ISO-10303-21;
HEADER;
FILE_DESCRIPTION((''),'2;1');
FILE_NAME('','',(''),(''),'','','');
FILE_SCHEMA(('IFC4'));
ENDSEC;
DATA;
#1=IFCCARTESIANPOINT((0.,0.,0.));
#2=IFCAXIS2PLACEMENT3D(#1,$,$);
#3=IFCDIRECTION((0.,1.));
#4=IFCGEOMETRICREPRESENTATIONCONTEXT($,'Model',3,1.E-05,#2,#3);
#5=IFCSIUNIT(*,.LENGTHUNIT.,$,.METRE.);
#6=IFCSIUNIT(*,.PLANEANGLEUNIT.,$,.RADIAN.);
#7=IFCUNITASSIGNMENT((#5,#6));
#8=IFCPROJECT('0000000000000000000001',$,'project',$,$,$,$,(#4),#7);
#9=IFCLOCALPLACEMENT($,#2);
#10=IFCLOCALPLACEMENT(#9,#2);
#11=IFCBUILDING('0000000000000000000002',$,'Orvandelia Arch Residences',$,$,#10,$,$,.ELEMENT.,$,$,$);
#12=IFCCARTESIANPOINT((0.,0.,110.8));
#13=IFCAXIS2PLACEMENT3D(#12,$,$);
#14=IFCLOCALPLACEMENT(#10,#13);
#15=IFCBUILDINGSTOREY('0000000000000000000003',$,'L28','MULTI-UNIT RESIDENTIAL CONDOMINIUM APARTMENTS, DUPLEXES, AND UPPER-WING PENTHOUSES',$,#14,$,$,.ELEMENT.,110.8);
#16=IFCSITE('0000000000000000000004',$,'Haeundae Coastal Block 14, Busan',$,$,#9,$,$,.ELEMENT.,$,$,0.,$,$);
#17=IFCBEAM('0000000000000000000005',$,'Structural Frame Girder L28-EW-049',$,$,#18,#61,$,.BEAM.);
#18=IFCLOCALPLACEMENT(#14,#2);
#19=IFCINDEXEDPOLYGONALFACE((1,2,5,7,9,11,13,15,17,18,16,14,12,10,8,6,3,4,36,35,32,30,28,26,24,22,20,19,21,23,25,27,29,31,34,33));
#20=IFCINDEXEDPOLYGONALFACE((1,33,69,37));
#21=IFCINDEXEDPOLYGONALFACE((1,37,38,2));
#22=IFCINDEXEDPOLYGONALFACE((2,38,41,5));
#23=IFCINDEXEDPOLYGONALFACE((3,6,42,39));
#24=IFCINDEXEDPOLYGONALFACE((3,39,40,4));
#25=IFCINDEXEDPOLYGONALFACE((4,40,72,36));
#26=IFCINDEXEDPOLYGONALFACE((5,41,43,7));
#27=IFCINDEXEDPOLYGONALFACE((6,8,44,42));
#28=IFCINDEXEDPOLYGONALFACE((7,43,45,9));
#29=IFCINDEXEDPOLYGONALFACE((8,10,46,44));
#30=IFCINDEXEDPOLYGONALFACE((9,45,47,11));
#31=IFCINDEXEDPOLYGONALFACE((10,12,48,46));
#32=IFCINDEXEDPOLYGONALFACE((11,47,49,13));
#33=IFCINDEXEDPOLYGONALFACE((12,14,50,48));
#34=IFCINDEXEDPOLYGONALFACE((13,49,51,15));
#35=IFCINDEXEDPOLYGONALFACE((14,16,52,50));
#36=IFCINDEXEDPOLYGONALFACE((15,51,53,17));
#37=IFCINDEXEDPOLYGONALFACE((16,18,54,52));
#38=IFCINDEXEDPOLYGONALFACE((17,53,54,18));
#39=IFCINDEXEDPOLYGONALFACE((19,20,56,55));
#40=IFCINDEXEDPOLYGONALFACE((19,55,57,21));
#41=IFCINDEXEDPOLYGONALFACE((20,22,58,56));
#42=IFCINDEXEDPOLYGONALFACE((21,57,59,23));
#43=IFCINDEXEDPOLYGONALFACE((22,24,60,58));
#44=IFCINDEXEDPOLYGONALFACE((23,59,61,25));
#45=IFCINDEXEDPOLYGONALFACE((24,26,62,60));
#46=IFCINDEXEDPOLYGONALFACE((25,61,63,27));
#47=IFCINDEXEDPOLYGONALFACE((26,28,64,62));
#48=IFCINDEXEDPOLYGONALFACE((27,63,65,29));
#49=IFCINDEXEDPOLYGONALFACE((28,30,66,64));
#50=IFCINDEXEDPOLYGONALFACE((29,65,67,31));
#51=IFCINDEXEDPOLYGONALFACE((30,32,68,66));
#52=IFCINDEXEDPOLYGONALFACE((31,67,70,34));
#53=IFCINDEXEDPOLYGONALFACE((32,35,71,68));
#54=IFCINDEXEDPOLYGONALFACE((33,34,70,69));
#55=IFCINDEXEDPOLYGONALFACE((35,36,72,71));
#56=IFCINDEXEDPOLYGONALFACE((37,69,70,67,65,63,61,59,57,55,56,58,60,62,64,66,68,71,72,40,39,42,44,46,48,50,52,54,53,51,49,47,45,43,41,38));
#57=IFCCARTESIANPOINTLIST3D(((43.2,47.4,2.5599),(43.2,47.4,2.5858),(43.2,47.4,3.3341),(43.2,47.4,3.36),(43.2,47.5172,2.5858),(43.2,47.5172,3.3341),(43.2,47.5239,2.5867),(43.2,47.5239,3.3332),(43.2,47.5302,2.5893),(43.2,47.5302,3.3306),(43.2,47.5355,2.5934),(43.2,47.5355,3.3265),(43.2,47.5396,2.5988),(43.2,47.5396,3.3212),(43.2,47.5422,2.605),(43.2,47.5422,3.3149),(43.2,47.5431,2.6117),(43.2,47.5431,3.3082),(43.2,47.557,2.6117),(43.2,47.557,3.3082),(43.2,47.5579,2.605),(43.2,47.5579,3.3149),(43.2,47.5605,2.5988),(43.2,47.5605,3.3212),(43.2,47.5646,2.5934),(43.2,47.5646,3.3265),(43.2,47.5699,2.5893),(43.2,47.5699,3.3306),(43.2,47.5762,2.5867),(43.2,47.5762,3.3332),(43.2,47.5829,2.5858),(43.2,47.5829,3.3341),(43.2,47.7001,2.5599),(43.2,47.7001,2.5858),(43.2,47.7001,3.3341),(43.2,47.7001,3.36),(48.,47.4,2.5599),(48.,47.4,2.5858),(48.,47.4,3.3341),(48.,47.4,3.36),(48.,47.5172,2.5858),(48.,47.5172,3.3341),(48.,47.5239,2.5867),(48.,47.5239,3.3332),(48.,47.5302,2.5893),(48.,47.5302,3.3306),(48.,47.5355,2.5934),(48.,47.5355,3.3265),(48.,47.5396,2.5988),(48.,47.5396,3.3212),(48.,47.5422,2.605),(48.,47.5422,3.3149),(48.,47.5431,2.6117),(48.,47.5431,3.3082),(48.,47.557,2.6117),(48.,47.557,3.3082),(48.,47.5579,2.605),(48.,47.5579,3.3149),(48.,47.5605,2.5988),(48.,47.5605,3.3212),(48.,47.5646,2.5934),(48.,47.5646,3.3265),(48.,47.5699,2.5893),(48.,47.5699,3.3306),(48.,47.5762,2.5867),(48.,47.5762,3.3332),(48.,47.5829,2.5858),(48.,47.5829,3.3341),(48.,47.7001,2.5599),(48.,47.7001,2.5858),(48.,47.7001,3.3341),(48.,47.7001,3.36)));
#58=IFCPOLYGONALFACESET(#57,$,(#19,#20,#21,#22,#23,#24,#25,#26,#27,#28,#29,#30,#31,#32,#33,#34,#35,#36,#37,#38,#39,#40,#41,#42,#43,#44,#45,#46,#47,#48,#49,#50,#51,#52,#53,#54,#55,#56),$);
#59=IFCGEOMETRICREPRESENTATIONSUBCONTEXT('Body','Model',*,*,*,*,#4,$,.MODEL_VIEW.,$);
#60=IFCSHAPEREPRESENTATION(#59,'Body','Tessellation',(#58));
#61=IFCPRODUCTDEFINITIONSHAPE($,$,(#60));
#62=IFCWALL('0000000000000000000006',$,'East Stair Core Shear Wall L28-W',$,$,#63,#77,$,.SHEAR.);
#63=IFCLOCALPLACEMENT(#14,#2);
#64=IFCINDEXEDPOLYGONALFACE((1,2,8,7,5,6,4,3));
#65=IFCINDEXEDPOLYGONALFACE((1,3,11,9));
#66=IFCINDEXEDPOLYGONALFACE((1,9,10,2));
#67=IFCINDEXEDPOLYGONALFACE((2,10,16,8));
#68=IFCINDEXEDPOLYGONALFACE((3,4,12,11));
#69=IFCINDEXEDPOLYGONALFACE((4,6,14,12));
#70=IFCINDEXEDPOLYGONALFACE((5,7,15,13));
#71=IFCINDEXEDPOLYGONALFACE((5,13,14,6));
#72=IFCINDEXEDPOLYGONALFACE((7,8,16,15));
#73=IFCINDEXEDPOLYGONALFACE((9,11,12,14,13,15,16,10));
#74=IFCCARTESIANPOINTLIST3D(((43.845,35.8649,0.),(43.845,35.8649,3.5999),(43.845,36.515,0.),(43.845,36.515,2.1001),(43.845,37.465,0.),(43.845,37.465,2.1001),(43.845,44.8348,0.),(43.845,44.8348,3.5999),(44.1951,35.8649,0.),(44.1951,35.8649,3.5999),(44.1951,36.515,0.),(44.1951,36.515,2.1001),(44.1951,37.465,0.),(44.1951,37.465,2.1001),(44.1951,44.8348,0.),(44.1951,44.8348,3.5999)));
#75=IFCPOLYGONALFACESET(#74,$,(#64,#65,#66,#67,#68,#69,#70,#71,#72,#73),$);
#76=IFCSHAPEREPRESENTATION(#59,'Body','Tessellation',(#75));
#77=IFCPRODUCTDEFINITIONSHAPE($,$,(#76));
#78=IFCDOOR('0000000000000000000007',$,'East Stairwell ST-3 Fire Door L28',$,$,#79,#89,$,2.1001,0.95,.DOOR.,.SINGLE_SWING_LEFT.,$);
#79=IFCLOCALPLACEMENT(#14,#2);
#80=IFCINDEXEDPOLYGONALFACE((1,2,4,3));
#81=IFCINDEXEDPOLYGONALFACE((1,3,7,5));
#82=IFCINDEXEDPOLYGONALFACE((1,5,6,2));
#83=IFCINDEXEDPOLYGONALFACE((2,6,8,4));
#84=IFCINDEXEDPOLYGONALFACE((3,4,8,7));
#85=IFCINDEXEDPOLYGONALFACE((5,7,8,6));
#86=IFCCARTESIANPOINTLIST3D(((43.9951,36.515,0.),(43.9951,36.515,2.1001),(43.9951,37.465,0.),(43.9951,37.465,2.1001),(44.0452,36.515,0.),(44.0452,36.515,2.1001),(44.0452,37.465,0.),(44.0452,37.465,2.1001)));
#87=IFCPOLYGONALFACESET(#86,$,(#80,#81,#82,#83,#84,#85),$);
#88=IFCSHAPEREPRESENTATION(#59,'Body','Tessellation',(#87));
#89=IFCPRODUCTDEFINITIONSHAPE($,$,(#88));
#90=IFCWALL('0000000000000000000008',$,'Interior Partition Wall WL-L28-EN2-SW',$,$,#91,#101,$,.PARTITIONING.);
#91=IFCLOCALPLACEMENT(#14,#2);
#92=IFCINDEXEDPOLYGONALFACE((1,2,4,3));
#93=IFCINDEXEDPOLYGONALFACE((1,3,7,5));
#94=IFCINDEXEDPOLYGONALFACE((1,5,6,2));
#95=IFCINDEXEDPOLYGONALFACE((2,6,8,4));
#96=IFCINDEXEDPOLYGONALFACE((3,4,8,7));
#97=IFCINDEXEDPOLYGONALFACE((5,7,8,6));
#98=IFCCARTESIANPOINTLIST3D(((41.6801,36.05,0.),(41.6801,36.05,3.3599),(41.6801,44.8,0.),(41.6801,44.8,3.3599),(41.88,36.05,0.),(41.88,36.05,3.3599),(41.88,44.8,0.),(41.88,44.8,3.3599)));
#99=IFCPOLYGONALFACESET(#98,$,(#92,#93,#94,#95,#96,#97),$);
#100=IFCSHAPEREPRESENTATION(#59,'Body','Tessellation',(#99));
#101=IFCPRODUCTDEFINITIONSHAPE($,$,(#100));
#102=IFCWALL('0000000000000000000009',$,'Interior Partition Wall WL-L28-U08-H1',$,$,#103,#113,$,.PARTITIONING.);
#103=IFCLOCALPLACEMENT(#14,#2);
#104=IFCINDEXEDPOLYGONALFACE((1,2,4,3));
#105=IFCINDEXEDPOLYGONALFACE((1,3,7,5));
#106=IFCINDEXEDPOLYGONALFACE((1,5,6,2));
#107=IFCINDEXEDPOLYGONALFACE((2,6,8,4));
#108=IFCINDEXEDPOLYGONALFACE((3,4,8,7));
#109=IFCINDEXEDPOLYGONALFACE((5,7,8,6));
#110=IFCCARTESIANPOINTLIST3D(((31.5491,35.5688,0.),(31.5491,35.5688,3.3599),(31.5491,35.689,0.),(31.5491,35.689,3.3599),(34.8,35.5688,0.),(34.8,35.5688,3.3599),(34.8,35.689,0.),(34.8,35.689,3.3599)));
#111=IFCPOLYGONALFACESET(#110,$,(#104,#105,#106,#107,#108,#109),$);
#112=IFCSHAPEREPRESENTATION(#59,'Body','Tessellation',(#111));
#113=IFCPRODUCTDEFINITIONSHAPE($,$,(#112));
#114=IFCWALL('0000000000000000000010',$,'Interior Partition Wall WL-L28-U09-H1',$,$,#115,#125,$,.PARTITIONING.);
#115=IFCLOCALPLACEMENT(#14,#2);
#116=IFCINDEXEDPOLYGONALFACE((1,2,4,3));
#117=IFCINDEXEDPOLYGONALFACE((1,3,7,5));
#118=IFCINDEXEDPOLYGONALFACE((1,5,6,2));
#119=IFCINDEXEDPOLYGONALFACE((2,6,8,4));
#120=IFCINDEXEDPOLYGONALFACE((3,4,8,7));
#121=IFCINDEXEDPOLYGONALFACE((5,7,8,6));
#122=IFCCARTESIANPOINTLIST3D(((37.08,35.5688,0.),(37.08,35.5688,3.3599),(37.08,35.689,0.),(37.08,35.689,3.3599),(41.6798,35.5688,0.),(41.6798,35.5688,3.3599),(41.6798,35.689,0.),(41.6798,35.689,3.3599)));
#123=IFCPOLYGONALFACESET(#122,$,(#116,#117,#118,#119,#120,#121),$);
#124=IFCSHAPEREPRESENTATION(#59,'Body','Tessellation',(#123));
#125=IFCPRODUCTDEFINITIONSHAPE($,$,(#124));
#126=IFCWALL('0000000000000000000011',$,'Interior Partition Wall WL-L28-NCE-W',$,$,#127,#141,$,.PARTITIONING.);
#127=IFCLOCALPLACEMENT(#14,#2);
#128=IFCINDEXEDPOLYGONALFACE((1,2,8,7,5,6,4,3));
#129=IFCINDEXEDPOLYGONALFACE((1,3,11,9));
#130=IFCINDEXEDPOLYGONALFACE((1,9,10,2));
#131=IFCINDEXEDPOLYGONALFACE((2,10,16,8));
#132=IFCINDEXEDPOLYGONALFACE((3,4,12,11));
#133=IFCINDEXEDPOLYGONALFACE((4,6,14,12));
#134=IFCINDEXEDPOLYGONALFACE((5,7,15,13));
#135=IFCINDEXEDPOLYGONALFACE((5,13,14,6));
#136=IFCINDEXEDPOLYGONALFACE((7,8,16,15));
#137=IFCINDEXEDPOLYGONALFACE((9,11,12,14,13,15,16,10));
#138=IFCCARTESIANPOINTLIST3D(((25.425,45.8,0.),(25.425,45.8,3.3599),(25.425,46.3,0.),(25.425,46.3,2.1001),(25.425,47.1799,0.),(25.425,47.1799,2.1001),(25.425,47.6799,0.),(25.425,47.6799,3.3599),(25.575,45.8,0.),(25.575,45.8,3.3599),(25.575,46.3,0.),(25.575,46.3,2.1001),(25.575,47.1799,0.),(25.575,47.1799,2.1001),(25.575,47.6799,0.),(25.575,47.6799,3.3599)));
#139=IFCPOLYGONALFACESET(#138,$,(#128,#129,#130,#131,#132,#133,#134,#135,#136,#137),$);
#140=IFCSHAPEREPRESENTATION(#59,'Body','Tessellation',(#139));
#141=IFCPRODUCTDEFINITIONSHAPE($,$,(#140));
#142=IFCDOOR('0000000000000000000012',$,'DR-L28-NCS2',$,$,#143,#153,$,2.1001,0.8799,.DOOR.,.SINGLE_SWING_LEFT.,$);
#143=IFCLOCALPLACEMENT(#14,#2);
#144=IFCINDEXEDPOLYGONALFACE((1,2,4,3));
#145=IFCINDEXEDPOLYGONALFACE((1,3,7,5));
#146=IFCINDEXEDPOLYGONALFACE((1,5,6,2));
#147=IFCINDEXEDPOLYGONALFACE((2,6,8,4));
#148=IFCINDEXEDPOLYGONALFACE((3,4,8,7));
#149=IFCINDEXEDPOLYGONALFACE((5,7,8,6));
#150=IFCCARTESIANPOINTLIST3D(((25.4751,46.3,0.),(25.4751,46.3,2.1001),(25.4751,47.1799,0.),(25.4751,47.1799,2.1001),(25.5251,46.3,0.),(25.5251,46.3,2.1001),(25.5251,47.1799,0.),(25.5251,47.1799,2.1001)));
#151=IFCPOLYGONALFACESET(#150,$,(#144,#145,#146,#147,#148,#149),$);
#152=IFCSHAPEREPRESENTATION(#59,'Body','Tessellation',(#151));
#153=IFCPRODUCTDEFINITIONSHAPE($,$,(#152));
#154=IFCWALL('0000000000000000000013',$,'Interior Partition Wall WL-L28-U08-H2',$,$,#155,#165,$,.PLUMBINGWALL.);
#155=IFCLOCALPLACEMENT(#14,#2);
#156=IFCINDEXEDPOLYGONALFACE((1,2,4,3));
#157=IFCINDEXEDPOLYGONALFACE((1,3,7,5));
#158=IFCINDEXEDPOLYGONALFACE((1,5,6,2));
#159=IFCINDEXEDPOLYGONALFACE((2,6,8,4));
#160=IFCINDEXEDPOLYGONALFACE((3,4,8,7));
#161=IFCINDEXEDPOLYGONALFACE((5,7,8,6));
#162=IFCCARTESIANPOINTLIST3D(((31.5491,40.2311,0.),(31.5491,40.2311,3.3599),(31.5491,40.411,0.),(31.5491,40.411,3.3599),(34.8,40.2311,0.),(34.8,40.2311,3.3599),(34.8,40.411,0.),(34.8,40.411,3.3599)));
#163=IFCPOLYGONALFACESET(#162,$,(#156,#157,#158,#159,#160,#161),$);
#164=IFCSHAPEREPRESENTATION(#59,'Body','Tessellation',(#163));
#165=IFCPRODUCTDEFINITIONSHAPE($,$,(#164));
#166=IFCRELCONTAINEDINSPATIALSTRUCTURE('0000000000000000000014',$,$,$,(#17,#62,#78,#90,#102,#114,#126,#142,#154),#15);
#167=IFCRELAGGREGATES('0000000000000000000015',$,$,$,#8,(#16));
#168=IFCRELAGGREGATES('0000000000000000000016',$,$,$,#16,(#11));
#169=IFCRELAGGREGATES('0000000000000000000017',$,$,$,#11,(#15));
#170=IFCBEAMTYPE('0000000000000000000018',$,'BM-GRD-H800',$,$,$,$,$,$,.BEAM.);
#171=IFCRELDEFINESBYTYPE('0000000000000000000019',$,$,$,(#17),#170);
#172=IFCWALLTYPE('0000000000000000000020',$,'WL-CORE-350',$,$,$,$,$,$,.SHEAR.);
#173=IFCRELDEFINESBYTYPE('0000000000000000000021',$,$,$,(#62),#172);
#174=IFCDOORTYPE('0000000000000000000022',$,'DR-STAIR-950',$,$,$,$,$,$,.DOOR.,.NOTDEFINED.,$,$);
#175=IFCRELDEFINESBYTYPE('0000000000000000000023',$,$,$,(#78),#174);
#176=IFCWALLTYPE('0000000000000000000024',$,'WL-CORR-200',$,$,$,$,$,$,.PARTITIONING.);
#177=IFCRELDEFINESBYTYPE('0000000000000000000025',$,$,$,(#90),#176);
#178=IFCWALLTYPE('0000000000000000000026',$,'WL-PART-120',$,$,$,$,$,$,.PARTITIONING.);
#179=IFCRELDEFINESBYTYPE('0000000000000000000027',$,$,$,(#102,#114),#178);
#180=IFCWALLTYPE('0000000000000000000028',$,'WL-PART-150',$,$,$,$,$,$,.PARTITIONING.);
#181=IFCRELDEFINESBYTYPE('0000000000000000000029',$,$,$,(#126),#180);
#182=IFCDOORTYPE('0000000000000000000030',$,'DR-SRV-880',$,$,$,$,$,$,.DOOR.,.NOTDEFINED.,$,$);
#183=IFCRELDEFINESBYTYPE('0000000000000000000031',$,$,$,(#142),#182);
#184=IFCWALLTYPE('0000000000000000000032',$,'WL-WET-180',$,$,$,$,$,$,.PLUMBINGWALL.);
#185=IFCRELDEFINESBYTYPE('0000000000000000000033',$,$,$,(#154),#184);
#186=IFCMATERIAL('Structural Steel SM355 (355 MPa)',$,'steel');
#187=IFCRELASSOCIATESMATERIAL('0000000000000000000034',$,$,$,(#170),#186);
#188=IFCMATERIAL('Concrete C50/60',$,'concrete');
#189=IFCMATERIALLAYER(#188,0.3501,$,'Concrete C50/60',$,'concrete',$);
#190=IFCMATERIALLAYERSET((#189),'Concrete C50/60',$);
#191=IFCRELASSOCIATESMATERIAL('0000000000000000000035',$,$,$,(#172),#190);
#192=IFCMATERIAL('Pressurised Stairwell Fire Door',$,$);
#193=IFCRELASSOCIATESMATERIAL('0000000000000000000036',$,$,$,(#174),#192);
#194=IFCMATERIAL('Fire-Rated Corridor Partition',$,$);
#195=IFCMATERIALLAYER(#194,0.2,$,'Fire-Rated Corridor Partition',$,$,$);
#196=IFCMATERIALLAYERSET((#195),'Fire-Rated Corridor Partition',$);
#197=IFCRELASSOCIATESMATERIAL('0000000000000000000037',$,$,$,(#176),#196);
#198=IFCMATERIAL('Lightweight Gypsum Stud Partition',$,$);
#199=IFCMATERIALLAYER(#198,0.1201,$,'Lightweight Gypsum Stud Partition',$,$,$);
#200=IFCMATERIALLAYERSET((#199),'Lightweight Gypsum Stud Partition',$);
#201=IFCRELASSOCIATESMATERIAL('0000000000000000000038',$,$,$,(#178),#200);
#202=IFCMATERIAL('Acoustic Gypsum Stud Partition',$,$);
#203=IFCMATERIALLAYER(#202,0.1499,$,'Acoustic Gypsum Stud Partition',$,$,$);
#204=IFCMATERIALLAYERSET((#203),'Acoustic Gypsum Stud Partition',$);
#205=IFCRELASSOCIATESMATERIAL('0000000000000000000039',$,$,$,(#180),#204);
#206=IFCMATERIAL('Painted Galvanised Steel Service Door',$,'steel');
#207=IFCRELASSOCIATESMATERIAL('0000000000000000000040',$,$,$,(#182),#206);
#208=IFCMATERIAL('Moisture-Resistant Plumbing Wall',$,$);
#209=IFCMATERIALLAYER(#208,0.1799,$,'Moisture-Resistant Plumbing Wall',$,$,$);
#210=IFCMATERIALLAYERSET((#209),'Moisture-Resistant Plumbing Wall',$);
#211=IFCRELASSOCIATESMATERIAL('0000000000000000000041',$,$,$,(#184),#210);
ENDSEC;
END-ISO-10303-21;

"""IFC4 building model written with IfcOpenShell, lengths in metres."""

from ifc_helpers import new_model, si_unit, direction, frame, frame_2d, origin, origin_2d, place, context, subcontext, project, spatial, rectangle, i_section, extrude, material, layer, layer_set, material_profile, profile_set, type_object, element, fill, save


model = new_model("IFC4")

# Units and contexts
model_context = context("Model", 3, precision=1e-05, world=origin(), true_north=direction((0.0, 1.0)))
body_context = subcontext(model_context, "Body", "Model", "MODEL_VIEW")
ifc_project = project(units=[si_unit("LENGTHUNIT", "METRE"), si_unit("PLANEANGLEUNIT", "RADIAN")], contexts=[model_context])

# Site, building, storey
site_placement = place(None, origin())
site = spatial("IfcSite", under=ifc_project, at=site_placement, Name="Haeundae Coastal Block 14, Busan", CompositionType="ELEMENT", RefElevation=0.0)
building_placement = place(site_placement, origin())
building = spatial("IfcBuilding", under=site, at=building_placement, Name="Orvandelia Arch Residences", CompositionType="ELEMENT")
storey_placement = place(building_placement, frame((0.0, 0.0, 110.8)))
storey = spatial("IfcBuildingStorey", under=building, at=storey_placement, Name="L28", Description="MULTI-UNIT RESIDENTIAL CONDOMINIUM APARTMENTS, DUPLEXES, AND UPPER-WING PENTHOUSES", CompositionType="ELEMENT", Elevation=110.8)

# Beam
ifc_material_1 = material(Name="Structural Steel SM355 (355 MPa)", Category="steel")
ifc_material_profile_1 = material_profile(ifc_material_1, i_section(OverallWidth=0.3, OverallDepth=0.8, WebThickness=0.0139, FlangeThickness=0.0259, FilletRadius=0.0259, at=origin_2d()), Name="Structural Steel SM355 (355 MPa)", Category="steel")
ifc_profile_set_1 = profile_set([ifc_material_profile_1], Name="Structural Steel SM355 (355 MPa)")
beam_type = type_object("IfcBeamType", Name="BM-GRD-H800", PredefinedType="BEAM", material=ifc_profile_set_1)
for number, where, z_axis, x_axis, name in (
    (1, (43.2, 47.55, 2.96), (1.0, 0.0, 0.0), (0.0, 1.0, 0.0), "Structural Frame Girder L28-EW-049"),
):
    element("IfcBeam", number, at=place(storey_placement, frame(where, z_axis=z_axis, x_axis=x_axis)), inside=storey, type_object=beam_type, Name=name, PredefinedType="BEAM", context=body_context, shape_type="SweptSolid", body=[
        extrude(i_section(OverallWidth=0.3, OverallDepth=0.8, WebThickness=0.0139, FlangeThickness=0.0259, FilletRadius=0.0259, at=origin_2d()), origin(), (0.0, 0.0, 1.0), 4.8),
    ])

# Wall, opening, door
ifc_material_2 = material(Name="Concrete C50/60", Category="concrete")
ifc_layer_1 = layer(ifc_material_2, 0.3501, Name="Concrete C50/60", Category="concrete")
ifc_layer_set_1 = layer_set([ifc_layer_1], Name="Concrete C50/60")
wall_type_1 = type_object("IfcWallType", Name="WL-CORE-350", PredefinedType="SHEAR", material=ifc_layer_set_1)
wall_1_placement = place(storey_placement, frame((44.02, 35.865, 0.0), z_axis=(0.0, 0.0, 1.0), x_axis=(0.0, 1.0, 0.0)))
wall_1 = element("IfcWall", 2, at=wall_1_placement, inside=storey, type_object=wall_type_1, Name="East Stair Core Shear Wall L28-W", PredefinedType="SHEAR", context=body_context, shape_type="SweptSolid", body=[
    extrude(rectangle(XDim=8.97, YDim=0.3501, at=frame_2d((4.4849, 0.0))), origin(), (0.0, 0.0, 1.0), 3.5999),
])
opening_1_placement = place(wall_1_placement, frame((0.6499, 0.0, 0.0)))
opening_1 = element("IfcOpeningElement", 3, at=opening_1_placement, cuts=wall_1, PredefinedType="OPENING", context=body_context, shape_type="SweptSolid", body=[
    extrude(rectangle(XDim=0.95, YDim=2.1001, at=frame_2d((0.4751, 1.05))), frame((0.0, 0.1851, 0.0), z_axis=(0.0, -1.0, 0.0), x_axis=(1.0, 0.0, 0.0)), (0.0, 0.0, 1.0), 0.3701),
])
ifc_material_3 = material(Name="Pressurised Stairwell Fire Door")
door_type_1 = type_object("IfcDoorType", Name="DR-STAIR-950", OperationType="NOTDEFINED", PredefinedType="DOOR", material=ifc_material_3)
door_1_placement = place(opening_1_placement, origin())
door_1 = element("IfcDoor", 4, at=door_1_placement, inside=storey, type_object=door_type_1, Name="East Stairwell ST-3 Fire Door L28", OperationType="SINGLE_SWING_LEFT", OverallHeight=2.1001, OverallWidth=0.95, PredefinedType="DOOR", context=body_context, shape_type="SweptSolid", body=[
    extrude(rectangle(XDim=0.95, YDim=2.1001, at=frame_2d((0.4751, 1.05))), frame((0.0, 0.0249, 0.0), z_axis=(0.0, -1.0, 0.0), x_axis=(1.0, 0.0, 0.0)), (0.0, 0.0, 1.0), 0.05),
])
fill(opening_1, door_1)

# Wall
ifc_material_4 = material(Name="Fire-Rated Corridor Partition")
ifc_layer_2 = layer(ifc_material_4, 0.2, Name="Fire-Rated Corridor Partition")
ifc_layer_set_2 = layer_set([ifc_layer_2], Name="Fire-Rated Corridor Partition")
wall_type_2 = type_object("IfcWallType", Name="WL-CORR-200", PredefinedType="PARTITIONING", material=ifc_layer_set_2)
wall_2_placement = place(storey_placement, frame((41.78, 36.05, 0.0), z_axis=(0.0, 0.0, 1.0), x_axis=(0.0, 1.0, 0.0)))
element("IfcWall", 5, at=wall_2_placement, inside=storey, type_object=wall_type_2, Name="Interior Partition Wall WL-L28-EN2-SW", PredefinedType="PARTITIONING", context=body_context, shape_type="SweptSolid", body=[
    extrude(rectangle(XDim=8.75, YDim=0.2, at=frame_2d((4.375, 0.0))), origin(), (0.0, 0.0, 1.0), 3.3599),
])

# Walls
ifc_material_5 = material(Name="Lightweight Gypsum Stud Partition")
ifc_layer_3 = layer(ifc_material_5, 0.1201, Name="Lightweight Gypsum Stud Partition")
ifc_layer_set_3 = layer_set([ifc_layer_3], Name="Lightweight Gypsum Stud Partition")
wall_type_3 = type_object("IfcWallType", Name="WL-PART-120", PredefinedType="PARTITIONING", material=ifc_layer_set_3)
wall_3_placement = place(storey_placement, frame((31.5491, 35.6289, 0.0), z_axis=(0.0, 0.0, 1.0), x_axis=(1.0, 0.0, 0.0)))
element("IfcWall", 6, at=wall_3_placement, inside=storey, type_object=wall_type_3, Name="Interior Partition Wall WL-L28-U08-H1", PredefinedType="PARTITIONING", context=body_context, shape_type="SweptSolid", body=[
    extrude(rectangle(XDim=3.251, YDim=0.1201, at=frame_2d((1.6255, 0.0))), origin(), (0.0, 0.0, 1.0), 3.3599),
])
wall_4_placement = place(storey_placement, frame((37.0801, 35.6289, 0.0), z_axis=(0.0, 0.0, 1.0), x_axis=(1.0, 0.0, 0.0)))
element("IfcWall", 7, at=wall_4_placement, inside=storey, type_object=wall_type_3, Name="Interior Partition Wall WL-L28-U09-H1", PredefinedType="PARTITIONING", context=body_context, shape_type="SweptSolid", body=[
    extrude(rectangle(XDim=4.5999, YDim=0.1201, at=frame_2d((2.2998, 0.0))), origin(), (0.0, 0.0, 1.0), 3.3599),
])

# Wall, opening, door
ifc_material_6 = material(Name="Acoustic Gypsum Stud Partition")
ifc_layer_4 = layer(ifc_material_6, 0.1499, Name="Acoustic Gypsum Stud Partition")
ifc_layer_set_4 = layer_set([ifc_layer_4], Name="Acoustic Gypsum Stud Partition")
wall_type_4 = type_object("IfcWallType", Name="WL-PART-150", PredefinedType="PARTITIONING", material=ifc_layer_set_4)
wall_5_placement = place(storey_placement, frame((25.5, 45.8, 0.0), z_axis=(0.0, 0.0, 1.0), x_axis=(0.0, 1.0, 0.0)))
wall_5 = element("IfcWall", 8, at=wall_5_placement, inside=storey, type_object=wall_type_4, Name="Interior Partition Wall WL-L28-NCE-W", PredefinedType="PARTITIONING", context=body_context, shape_type="SweptSolid", body=[
    extrude(rectangle(XDim=1.8799, YDim=0.1499, at=frame_2d((0.9399, 0.0))), origin(), (0.0, 0.0, 1.0), 3.3599),
])
opening_2_placement = place(wall_5_placement, frame((0.5, 0.0, 0.0)))
opening_2 = element("IfcOpeningElement", 9, at=opening_2_placement, cuts=wall_5, PredefinedType="OPENING", context=body_context, shape_type="SweptSolid", body=[
    extrude(rectangle(XDim=0.8799, YDim=2.1001, at=frame_2d((0.4399, 1.05))), frame((0.0, 0.085, 0.0), z_axis=(0.0, -1.0, 0.0), x_axis=(1.0, 0.0, 0.0)), (0.0, 0.0, 1.0), 0.1699),
])
ifc_material_7 = material(Name="Painted Galvanised Steel Service Door", Category="steel")
door_type_2 = type_object("IfcDoorType", Name="DR-SRV-880", OperationType="NOTDEFINED", PredefinedType="DOOR", material=ifc_material_7)
door_2_placement = place(opening_2_placement, origin())
door_2 = element("IfcDoor", 10, at=door_2_placement, inside=storey, type_object=door_type_2, Name="DR-L28-NCS2", OperationType="SINGLE_SWING_LEFT", OverallHeight=2.1001, OverallWidth=0.8799, PredefinedType="DOOR", context=body_context, shape_type="SweptSolid", body=[
    extrude(rectangle(XDim=0.8799, YDim=2.1001, at=frame_2d((0.4399, 1.05))), frame((0.0, 0.0249, 0.0), z_axis=(0.0, -1.0, 0.0), x_axis=(1.0, 0.0, 0.0)), (0.0, 0.0, 1.0), 0.05),
])
fill(opening_2, door_2)

# Wall
ifc_material_8 = material(Name="Moisture-Resistant Plumbing Wall")
ifc_layer_5 = layer(ifc_material_8, 0.1799, Name="Moisture-Resistant Plumbing Wall")
ifc_layer_set_5 = layer_set([ifc_layer_5], Name="Moisture-Resistant Plumbing Wall")
wall_type_5 = type_object("IfcWallType", Name="WL-WET-180", PredefinedType="PLUMBINGWALL", material=ifc_layer_set_5)
wall_6_placement = place(storey_placement, frame((31.5491, 40.321, 0.0), z_axis=(0.0, 0.0, 1.0), x_axis=(1.0, 0.0, 0.0)))
element("IfcWall", 11, at=wall_6_placement, inside=storey, type_object=wall_type_5, Name="Interior Partition Wall WL-L28-U08-H2", PredefinedType="PLUMBINGWALL", context=body_context, shape_type="SweptSolid", body=[
    extrude(rectangle(XDim=3.251, YDim=0.1799, at=frame_2d((1.6255, 0.0))), origin(), (0.0, 0.0, 1.0), 3.3599),
])

save(model, "model.ifc")
